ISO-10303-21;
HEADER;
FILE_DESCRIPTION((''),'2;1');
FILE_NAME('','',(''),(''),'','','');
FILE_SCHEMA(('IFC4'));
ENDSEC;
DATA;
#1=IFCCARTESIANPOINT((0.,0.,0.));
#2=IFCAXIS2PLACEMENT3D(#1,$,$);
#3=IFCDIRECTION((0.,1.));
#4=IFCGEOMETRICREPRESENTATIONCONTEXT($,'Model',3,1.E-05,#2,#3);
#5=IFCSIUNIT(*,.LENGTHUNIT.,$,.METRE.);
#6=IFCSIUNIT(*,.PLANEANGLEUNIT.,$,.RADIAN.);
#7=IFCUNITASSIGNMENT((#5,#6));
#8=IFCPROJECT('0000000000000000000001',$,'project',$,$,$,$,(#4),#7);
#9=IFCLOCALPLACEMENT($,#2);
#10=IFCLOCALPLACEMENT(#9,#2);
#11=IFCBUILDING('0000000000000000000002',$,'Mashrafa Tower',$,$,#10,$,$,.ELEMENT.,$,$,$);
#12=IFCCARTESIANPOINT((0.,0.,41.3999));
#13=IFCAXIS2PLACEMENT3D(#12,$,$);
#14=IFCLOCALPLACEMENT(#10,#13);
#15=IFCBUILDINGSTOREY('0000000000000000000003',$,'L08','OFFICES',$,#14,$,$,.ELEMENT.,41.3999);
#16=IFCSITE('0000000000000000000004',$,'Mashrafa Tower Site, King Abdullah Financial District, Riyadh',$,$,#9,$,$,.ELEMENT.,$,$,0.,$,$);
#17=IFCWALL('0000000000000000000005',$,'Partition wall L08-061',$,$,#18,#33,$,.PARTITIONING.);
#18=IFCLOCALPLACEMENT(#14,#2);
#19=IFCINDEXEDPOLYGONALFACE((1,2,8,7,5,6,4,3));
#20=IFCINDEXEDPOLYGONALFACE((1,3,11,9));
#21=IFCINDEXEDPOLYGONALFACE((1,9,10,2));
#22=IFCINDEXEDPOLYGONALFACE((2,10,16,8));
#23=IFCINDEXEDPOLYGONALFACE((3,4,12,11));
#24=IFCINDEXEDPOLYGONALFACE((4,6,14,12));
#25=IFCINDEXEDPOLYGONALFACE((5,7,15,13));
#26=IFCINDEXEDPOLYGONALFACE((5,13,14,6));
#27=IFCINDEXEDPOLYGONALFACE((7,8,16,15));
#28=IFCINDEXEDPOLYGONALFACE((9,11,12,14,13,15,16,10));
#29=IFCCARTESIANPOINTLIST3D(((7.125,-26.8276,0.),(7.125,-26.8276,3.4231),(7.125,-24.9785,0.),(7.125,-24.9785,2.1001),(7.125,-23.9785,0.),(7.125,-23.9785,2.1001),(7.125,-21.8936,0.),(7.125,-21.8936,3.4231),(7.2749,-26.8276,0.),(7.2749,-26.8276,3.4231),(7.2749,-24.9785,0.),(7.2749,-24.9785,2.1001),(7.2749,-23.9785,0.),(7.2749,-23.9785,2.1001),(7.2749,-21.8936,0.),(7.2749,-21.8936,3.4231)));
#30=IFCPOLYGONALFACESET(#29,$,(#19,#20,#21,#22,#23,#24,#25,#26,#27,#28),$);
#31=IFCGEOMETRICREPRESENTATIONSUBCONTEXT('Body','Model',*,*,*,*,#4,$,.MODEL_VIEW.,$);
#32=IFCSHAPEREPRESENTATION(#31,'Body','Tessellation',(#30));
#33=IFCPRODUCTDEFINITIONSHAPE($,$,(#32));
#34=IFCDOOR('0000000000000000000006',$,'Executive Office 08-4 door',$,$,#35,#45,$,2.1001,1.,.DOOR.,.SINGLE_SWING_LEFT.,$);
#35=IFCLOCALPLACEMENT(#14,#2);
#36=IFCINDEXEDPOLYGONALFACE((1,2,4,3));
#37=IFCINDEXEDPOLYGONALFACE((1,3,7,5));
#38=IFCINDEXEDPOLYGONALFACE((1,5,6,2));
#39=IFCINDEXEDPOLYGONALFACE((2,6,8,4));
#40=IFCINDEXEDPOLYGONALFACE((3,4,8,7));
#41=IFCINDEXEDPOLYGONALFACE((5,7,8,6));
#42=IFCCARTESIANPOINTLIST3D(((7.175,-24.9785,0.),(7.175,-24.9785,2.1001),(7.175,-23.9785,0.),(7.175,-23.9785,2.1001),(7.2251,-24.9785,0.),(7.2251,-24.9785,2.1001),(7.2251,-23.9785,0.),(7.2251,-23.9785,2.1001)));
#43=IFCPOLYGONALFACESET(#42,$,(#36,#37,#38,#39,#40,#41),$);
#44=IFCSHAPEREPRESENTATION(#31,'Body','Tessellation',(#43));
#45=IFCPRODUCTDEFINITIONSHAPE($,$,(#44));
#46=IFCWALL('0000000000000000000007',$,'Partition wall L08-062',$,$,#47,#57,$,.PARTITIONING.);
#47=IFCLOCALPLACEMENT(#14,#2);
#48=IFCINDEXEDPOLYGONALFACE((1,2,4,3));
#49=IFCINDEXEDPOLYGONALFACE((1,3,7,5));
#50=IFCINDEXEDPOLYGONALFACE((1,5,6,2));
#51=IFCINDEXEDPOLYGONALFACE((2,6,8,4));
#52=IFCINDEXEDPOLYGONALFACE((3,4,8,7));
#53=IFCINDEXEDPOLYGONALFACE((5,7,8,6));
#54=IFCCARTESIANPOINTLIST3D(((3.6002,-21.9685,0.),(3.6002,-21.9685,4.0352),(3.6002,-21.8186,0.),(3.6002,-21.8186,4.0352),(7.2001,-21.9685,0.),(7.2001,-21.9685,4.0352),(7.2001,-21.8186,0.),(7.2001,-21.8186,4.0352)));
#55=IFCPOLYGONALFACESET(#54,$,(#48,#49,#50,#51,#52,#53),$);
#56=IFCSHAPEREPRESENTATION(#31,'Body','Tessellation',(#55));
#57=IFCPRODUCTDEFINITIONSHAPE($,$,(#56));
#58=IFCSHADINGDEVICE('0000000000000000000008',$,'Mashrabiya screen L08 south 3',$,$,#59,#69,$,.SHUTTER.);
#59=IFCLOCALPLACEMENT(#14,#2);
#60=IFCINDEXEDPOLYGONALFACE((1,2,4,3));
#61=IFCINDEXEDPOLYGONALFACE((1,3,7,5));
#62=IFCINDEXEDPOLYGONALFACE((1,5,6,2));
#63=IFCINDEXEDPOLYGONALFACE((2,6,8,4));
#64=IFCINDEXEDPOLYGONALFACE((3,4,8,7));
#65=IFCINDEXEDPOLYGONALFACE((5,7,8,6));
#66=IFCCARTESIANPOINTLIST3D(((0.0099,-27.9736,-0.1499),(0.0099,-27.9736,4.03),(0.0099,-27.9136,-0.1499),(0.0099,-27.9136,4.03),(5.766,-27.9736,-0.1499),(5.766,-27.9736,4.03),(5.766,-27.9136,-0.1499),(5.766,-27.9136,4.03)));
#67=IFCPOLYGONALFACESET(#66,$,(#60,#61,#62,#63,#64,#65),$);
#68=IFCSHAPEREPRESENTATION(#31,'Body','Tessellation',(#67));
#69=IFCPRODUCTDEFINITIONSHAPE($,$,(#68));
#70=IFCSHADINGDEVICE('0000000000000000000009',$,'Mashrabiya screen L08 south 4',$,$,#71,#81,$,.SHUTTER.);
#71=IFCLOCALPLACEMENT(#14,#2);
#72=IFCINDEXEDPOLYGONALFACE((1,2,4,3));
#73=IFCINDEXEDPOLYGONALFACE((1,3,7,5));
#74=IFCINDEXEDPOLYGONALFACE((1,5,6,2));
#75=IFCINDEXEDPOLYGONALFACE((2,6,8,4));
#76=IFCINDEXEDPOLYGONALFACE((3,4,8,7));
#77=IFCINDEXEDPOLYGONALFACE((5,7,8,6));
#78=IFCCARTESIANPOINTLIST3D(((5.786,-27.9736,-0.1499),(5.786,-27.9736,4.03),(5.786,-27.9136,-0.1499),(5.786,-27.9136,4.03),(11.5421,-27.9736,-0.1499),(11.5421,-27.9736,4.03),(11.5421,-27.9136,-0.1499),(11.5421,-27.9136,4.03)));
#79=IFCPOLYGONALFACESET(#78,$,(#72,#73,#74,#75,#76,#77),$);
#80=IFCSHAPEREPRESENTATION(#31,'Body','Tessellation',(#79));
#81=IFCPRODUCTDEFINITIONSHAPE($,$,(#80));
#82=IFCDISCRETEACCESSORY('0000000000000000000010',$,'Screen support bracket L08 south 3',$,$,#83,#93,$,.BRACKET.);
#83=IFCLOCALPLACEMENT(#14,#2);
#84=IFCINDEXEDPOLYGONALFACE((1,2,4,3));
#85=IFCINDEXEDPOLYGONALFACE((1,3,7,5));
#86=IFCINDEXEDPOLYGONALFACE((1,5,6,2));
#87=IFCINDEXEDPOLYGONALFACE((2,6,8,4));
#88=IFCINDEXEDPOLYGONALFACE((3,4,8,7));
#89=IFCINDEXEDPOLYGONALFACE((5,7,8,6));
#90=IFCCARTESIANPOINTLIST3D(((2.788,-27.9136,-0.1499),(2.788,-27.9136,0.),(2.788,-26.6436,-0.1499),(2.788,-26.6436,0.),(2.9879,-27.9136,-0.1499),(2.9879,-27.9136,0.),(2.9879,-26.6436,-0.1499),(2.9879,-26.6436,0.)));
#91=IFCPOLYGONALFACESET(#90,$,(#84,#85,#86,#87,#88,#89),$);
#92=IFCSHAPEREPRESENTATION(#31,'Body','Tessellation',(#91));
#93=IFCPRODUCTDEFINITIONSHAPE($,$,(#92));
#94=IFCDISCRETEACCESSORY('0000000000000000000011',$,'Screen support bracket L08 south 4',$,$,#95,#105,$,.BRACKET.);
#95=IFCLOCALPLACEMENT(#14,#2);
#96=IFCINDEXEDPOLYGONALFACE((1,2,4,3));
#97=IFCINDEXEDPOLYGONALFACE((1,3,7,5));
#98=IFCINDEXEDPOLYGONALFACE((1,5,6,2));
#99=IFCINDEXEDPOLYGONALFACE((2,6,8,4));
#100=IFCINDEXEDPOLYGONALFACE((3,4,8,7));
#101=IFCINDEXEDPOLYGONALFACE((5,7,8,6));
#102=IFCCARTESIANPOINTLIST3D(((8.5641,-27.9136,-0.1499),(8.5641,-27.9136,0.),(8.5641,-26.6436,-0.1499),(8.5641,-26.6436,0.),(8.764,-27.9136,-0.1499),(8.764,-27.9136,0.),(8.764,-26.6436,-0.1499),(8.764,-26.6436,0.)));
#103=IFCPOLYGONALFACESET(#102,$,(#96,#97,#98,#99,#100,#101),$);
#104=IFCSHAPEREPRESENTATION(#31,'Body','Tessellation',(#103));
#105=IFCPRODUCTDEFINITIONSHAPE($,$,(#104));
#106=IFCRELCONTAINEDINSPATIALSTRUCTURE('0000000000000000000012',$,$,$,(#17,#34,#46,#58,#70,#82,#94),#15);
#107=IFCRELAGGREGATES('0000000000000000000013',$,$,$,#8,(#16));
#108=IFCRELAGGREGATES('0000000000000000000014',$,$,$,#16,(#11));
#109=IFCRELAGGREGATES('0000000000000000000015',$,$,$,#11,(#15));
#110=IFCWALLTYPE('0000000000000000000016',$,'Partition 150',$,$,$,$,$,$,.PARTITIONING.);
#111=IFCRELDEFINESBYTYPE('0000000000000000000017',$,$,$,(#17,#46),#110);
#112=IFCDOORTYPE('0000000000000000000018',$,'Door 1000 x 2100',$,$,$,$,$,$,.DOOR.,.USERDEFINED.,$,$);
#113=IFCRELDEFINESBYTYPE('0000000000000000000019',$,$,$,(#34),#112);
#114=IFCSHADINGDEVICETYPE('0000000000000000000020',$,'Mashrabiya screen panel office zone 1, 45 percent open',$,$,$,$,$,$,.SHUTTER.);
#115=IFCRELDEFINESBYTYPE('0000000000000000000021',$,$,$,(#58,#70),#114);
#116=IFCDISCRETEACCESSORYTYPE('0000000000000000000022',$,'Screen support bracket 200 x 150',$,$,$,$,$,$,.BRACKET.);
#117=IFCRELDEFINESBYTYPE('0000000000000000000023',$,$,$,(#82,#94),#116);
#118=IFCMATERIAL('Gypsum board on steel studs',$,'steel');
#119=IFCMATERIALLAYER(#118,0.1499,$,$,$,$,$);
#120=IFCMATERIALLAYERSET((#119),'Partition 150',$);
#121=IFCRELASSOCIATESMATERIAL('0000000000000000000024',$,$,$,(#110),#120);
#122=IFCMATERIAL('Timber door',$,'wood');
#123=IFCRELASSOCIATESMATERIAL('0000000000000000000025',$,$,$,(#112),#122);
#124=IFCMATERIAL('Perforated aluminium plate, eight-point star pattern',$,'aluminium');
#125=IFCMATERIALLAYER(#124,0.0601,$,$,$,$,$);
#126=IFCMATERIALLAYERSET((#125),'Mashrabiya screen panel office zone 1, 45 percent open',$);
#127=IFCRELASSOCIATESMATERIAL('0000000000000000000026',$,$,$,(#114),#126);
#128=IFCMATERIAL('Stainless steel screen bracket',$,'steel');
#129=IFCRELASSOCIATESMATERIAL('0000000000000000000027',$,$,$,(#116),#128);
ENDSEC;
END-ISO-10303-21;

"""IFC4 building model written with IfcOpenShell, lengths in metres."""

from ifc_helpers import new_model, si_unit, direction, frame, frame_2d, origin, origin_2d, place, context, subcontext, project, spatial, rectangle, extrude, source, transform, mapped, material, layer, layer_set, type_object, type_shapes, element, fill, save


model = new_model("IFC4")

# Units and contexts
model_context = context("Model", 3, precision=1e-05, world=origin(), true_north=direction((0.0, 1.0)))
body_context = subcontext(model_context, "Body", "Model", "MODEL_VIEW")
ifc_project = project(units=[si_unit("LENGTHUNIT", "METRE"), si_unit("PLANEANGLEUNIT", "RADIAN")], contexts=[model_context])

# Site, building, storey
site_placement = place(None, origin())
site = spatial("IfcSite", under=ifc_project, at=site_placement, Name="Mashrafa Tower Site, King Abdullah Financial District, Riyadh", CompositionType="ELEMENT", RefElevation=0.0)
building_placement = place(site_placement, origin())
building = spatial("IfcBuilding", under=site, at=building_placement, Name="Mashrafa Tower", CompositionType="ELEMENT")
storey_placement = place(building_placement, frame((0.0, 0.0, 41.3999)))
storey = spatial("IfcBuildingStorey", under=building, at=storey_placement, Name="L08", Description="OFFICES", CompositionType="ELEMENT", Elevation=41.3999)

# Shared definitions
ifc_material_1 = material(Name="Gypsum board on steel studs", Category="steel")
ifc_layer_1 = layer(ifc_material_1, 0.1499)
ifc_layer_set_1 = layer_set([ifc_layer_1], Name="Partition 150")
wall_type_1 = type_object("IfcWallType", Name="Partition 150", PredefinedType="PARTITIONING", material=ifc_layer_set_1)

# Wall, opening, door
wall_1_placement = place(storey_placement, frame((7.2, -26.8276, 0.0), z_axis=(0.0, 0.0, 1.0), x_axis=(0.0, 1.0, 0.0)))
wall_1 = element("IfcWall", 1, at=wall_1_placement, inside=storey, type_object=wall_type_1, Name="Partition wall L08-061", PredefinedType="PARTITIONING", context=body_context, shape_type="SweptSolid", body=[
    extrude(rectangle(XDim=4.9341, YDim=0.1499, at=frame_2d((2.467, 0.0))), origin(), (0.0, 0.0, 1.0), 3.4231),
])
opening_1_placement = place(wall_1_placement, frame((1.8491, 0.0, 0.0)))
opening_1 = element("IfcOpeningElement", 2, at=opening_1_placement, cuts=wall_1, PredefinedType="OPENING", context=body_context, shape_type="SweptSolid", body=[
    extrude(rectangle(XDim=1.0, YDim=2.1001, at=frame_2d((0.5, 1.05))), frame((0.0, 0.085, 0.0), z_axis=(0.0, -1.0, 0.0), x_axis=(1.0, 0.0, 0.0)), (0.0, 0.0, 1.0), 0.1699),
])
ifc_material_2 = material(Name="Timber door", Category="wood")
door_type_1 = type_object("IfcDoorType", Name="Door 1000 x 2100", OperationType="USERDEFINED", PredefinedType="DOOR", material=ifc_material_2)
door_1_placement = place(opening_1_placement, origin())
door_1 = element("IfcDoor", 3, at=door_1_placement, inside=storey, type_object=door_type_1, Name="Executive Office 08-4 door", OperationType="SINGLE_SWING_LEFT", OverallHeight=2.1001, OverallWidth=1.0, PredefinedType="DOOR", context=body_context, shape_type="SweptSolid", body=[
    extrude(rectangle(XDim=1.0, YDim=2.1001, at=frame_2d((0.5, 1.05))), frame((0.0, 0.0249, 0.0), z_axis=(0.0, -1.0, 0.0), x_axis=(1.0, 0.0, 0.0)), (0.0, 0.0, 1.0), 0.05),
])
fill(opening_1, door_1)

# Wall
wall_2_placement = place(storey_placement, frame((7.2, -21.8936, 0.0), z_axis=(0.0, 0.0, 1.0), x_axis=(-1.0, 0.0, 0.0)))
element("IfcWall", 4, at=wall_2_placement, inside=storey, type_object=wall_type_1, Name="Partition wall L08-062", PredefinedType="PARTITIONING", context=body_context, shape_type="SweptSolid", body=[
    extrude(rectangle(XDim=3.5999, YDim=0.1499, at=frame_2d((1.7998, 0.0))), origin(), (0.0, 0.0, 1.0), 4.0352),
])

# Shading devices
ifc_material_3 = material(Name="Perforated aluminium plate, eight-point star pattern", Category="aluminium")
ifc_layer_2 = layer(ifc_material_3, 0.0601)
ifc_layer_set_2 = layer_set([ifc_layer_2], Name="Mashrabiya screen panel office zone 1, 45 percent open")
shading_device_type = type_object("IfcShadingDeviceType", Name="Mashrabiya screen panel office zone 1, 45 percent open", PredefinedType="SHUTTER", material=ifc_layer_set_2)
shared_shape_1 = source(origin(), body_context, "Body", "SweptSolid", [
    extrude(rectangle(XDim=5.7561, YDim=0.0601, at=origin_2d()), origin(), (0.0, 0.0, 1.0), 4.1799),
])
type_shapes(shading_device_type, [shared_shape_1])
for number, where, z_axis, x_axis, name in (
    (5, (2.8879, -27.9436, -0.1499), (0.0, 0.0, 1.0), (1.0, 0.0, 0.0), "Mashrabiya screen L08 south 3"),
    (6, (8.6641, -27.9436, -0.1499), (0.0, 0.0, 1.0), (1.0, 0.0, 0.0), "Mashrabiya screen L08 south 4"),
):
    element("IfcShadingDevice", number, at=place(storey_placement, frame(where, z_axis=z_axis, x_axis=x_axis)), inside=storey, type_object=shading_device_type, Name=name, PredefinedType="SHUTTER", context=body_context, shape_type="MappedRepresentation", body=[
        mapped(shared_shape_1, transform((0.0, 0.0, 0.0))),
    ])

# Discrete accessories
ifc_material_4 = material(Name="Stainless steel screen bracket", Category="steel")
discrete_accessory_type = type_object("IfcDiscreteAccessoryType", Name="Screen support bracket 200 x 150", PredefinedType="BRACKET", material=ifc_material_4)
shared_shape_2 = source(origin(), body_context, "Body", "SweptSolid", [
    extrude(rectangle(XDim=0.2, YDim=1.27, at=origin_2d()), origin(), (0.0, 0.0, 1.0), 0.1499),
])
type_shapes(discrete_accessory_type, [shared_shape_2])
for number, where, z_axis, x_axis, name in (
    (7, (2.8879, -27.2786, -0.1499), (0.0, 0.0, 1.0), (1.0, 0.0, 0.0), "Screen support bracket L08 south 3"),
    (8, (8.6641, -27.2786, -0.1499), (0.0, 0.0, 1.0), (1.0, 0.0, 0.0), "Screen support bracket L08 south 4"),
):
    element("IfcDiscreteAccessory", number, at=place(storey_placement, frame(where, z_axis=z_axis, x_axis=x_axis)), inside=storey, type_object=discrete_accessory_type, Name=name, PredefinedType="BRACKET", context=body_context, shape_type="MappedRepresentation", body=[
        mapped(shared_shape_2, transform((0.0, 0.0, 0.0))),
    ])

save(model, "model.ifc")
